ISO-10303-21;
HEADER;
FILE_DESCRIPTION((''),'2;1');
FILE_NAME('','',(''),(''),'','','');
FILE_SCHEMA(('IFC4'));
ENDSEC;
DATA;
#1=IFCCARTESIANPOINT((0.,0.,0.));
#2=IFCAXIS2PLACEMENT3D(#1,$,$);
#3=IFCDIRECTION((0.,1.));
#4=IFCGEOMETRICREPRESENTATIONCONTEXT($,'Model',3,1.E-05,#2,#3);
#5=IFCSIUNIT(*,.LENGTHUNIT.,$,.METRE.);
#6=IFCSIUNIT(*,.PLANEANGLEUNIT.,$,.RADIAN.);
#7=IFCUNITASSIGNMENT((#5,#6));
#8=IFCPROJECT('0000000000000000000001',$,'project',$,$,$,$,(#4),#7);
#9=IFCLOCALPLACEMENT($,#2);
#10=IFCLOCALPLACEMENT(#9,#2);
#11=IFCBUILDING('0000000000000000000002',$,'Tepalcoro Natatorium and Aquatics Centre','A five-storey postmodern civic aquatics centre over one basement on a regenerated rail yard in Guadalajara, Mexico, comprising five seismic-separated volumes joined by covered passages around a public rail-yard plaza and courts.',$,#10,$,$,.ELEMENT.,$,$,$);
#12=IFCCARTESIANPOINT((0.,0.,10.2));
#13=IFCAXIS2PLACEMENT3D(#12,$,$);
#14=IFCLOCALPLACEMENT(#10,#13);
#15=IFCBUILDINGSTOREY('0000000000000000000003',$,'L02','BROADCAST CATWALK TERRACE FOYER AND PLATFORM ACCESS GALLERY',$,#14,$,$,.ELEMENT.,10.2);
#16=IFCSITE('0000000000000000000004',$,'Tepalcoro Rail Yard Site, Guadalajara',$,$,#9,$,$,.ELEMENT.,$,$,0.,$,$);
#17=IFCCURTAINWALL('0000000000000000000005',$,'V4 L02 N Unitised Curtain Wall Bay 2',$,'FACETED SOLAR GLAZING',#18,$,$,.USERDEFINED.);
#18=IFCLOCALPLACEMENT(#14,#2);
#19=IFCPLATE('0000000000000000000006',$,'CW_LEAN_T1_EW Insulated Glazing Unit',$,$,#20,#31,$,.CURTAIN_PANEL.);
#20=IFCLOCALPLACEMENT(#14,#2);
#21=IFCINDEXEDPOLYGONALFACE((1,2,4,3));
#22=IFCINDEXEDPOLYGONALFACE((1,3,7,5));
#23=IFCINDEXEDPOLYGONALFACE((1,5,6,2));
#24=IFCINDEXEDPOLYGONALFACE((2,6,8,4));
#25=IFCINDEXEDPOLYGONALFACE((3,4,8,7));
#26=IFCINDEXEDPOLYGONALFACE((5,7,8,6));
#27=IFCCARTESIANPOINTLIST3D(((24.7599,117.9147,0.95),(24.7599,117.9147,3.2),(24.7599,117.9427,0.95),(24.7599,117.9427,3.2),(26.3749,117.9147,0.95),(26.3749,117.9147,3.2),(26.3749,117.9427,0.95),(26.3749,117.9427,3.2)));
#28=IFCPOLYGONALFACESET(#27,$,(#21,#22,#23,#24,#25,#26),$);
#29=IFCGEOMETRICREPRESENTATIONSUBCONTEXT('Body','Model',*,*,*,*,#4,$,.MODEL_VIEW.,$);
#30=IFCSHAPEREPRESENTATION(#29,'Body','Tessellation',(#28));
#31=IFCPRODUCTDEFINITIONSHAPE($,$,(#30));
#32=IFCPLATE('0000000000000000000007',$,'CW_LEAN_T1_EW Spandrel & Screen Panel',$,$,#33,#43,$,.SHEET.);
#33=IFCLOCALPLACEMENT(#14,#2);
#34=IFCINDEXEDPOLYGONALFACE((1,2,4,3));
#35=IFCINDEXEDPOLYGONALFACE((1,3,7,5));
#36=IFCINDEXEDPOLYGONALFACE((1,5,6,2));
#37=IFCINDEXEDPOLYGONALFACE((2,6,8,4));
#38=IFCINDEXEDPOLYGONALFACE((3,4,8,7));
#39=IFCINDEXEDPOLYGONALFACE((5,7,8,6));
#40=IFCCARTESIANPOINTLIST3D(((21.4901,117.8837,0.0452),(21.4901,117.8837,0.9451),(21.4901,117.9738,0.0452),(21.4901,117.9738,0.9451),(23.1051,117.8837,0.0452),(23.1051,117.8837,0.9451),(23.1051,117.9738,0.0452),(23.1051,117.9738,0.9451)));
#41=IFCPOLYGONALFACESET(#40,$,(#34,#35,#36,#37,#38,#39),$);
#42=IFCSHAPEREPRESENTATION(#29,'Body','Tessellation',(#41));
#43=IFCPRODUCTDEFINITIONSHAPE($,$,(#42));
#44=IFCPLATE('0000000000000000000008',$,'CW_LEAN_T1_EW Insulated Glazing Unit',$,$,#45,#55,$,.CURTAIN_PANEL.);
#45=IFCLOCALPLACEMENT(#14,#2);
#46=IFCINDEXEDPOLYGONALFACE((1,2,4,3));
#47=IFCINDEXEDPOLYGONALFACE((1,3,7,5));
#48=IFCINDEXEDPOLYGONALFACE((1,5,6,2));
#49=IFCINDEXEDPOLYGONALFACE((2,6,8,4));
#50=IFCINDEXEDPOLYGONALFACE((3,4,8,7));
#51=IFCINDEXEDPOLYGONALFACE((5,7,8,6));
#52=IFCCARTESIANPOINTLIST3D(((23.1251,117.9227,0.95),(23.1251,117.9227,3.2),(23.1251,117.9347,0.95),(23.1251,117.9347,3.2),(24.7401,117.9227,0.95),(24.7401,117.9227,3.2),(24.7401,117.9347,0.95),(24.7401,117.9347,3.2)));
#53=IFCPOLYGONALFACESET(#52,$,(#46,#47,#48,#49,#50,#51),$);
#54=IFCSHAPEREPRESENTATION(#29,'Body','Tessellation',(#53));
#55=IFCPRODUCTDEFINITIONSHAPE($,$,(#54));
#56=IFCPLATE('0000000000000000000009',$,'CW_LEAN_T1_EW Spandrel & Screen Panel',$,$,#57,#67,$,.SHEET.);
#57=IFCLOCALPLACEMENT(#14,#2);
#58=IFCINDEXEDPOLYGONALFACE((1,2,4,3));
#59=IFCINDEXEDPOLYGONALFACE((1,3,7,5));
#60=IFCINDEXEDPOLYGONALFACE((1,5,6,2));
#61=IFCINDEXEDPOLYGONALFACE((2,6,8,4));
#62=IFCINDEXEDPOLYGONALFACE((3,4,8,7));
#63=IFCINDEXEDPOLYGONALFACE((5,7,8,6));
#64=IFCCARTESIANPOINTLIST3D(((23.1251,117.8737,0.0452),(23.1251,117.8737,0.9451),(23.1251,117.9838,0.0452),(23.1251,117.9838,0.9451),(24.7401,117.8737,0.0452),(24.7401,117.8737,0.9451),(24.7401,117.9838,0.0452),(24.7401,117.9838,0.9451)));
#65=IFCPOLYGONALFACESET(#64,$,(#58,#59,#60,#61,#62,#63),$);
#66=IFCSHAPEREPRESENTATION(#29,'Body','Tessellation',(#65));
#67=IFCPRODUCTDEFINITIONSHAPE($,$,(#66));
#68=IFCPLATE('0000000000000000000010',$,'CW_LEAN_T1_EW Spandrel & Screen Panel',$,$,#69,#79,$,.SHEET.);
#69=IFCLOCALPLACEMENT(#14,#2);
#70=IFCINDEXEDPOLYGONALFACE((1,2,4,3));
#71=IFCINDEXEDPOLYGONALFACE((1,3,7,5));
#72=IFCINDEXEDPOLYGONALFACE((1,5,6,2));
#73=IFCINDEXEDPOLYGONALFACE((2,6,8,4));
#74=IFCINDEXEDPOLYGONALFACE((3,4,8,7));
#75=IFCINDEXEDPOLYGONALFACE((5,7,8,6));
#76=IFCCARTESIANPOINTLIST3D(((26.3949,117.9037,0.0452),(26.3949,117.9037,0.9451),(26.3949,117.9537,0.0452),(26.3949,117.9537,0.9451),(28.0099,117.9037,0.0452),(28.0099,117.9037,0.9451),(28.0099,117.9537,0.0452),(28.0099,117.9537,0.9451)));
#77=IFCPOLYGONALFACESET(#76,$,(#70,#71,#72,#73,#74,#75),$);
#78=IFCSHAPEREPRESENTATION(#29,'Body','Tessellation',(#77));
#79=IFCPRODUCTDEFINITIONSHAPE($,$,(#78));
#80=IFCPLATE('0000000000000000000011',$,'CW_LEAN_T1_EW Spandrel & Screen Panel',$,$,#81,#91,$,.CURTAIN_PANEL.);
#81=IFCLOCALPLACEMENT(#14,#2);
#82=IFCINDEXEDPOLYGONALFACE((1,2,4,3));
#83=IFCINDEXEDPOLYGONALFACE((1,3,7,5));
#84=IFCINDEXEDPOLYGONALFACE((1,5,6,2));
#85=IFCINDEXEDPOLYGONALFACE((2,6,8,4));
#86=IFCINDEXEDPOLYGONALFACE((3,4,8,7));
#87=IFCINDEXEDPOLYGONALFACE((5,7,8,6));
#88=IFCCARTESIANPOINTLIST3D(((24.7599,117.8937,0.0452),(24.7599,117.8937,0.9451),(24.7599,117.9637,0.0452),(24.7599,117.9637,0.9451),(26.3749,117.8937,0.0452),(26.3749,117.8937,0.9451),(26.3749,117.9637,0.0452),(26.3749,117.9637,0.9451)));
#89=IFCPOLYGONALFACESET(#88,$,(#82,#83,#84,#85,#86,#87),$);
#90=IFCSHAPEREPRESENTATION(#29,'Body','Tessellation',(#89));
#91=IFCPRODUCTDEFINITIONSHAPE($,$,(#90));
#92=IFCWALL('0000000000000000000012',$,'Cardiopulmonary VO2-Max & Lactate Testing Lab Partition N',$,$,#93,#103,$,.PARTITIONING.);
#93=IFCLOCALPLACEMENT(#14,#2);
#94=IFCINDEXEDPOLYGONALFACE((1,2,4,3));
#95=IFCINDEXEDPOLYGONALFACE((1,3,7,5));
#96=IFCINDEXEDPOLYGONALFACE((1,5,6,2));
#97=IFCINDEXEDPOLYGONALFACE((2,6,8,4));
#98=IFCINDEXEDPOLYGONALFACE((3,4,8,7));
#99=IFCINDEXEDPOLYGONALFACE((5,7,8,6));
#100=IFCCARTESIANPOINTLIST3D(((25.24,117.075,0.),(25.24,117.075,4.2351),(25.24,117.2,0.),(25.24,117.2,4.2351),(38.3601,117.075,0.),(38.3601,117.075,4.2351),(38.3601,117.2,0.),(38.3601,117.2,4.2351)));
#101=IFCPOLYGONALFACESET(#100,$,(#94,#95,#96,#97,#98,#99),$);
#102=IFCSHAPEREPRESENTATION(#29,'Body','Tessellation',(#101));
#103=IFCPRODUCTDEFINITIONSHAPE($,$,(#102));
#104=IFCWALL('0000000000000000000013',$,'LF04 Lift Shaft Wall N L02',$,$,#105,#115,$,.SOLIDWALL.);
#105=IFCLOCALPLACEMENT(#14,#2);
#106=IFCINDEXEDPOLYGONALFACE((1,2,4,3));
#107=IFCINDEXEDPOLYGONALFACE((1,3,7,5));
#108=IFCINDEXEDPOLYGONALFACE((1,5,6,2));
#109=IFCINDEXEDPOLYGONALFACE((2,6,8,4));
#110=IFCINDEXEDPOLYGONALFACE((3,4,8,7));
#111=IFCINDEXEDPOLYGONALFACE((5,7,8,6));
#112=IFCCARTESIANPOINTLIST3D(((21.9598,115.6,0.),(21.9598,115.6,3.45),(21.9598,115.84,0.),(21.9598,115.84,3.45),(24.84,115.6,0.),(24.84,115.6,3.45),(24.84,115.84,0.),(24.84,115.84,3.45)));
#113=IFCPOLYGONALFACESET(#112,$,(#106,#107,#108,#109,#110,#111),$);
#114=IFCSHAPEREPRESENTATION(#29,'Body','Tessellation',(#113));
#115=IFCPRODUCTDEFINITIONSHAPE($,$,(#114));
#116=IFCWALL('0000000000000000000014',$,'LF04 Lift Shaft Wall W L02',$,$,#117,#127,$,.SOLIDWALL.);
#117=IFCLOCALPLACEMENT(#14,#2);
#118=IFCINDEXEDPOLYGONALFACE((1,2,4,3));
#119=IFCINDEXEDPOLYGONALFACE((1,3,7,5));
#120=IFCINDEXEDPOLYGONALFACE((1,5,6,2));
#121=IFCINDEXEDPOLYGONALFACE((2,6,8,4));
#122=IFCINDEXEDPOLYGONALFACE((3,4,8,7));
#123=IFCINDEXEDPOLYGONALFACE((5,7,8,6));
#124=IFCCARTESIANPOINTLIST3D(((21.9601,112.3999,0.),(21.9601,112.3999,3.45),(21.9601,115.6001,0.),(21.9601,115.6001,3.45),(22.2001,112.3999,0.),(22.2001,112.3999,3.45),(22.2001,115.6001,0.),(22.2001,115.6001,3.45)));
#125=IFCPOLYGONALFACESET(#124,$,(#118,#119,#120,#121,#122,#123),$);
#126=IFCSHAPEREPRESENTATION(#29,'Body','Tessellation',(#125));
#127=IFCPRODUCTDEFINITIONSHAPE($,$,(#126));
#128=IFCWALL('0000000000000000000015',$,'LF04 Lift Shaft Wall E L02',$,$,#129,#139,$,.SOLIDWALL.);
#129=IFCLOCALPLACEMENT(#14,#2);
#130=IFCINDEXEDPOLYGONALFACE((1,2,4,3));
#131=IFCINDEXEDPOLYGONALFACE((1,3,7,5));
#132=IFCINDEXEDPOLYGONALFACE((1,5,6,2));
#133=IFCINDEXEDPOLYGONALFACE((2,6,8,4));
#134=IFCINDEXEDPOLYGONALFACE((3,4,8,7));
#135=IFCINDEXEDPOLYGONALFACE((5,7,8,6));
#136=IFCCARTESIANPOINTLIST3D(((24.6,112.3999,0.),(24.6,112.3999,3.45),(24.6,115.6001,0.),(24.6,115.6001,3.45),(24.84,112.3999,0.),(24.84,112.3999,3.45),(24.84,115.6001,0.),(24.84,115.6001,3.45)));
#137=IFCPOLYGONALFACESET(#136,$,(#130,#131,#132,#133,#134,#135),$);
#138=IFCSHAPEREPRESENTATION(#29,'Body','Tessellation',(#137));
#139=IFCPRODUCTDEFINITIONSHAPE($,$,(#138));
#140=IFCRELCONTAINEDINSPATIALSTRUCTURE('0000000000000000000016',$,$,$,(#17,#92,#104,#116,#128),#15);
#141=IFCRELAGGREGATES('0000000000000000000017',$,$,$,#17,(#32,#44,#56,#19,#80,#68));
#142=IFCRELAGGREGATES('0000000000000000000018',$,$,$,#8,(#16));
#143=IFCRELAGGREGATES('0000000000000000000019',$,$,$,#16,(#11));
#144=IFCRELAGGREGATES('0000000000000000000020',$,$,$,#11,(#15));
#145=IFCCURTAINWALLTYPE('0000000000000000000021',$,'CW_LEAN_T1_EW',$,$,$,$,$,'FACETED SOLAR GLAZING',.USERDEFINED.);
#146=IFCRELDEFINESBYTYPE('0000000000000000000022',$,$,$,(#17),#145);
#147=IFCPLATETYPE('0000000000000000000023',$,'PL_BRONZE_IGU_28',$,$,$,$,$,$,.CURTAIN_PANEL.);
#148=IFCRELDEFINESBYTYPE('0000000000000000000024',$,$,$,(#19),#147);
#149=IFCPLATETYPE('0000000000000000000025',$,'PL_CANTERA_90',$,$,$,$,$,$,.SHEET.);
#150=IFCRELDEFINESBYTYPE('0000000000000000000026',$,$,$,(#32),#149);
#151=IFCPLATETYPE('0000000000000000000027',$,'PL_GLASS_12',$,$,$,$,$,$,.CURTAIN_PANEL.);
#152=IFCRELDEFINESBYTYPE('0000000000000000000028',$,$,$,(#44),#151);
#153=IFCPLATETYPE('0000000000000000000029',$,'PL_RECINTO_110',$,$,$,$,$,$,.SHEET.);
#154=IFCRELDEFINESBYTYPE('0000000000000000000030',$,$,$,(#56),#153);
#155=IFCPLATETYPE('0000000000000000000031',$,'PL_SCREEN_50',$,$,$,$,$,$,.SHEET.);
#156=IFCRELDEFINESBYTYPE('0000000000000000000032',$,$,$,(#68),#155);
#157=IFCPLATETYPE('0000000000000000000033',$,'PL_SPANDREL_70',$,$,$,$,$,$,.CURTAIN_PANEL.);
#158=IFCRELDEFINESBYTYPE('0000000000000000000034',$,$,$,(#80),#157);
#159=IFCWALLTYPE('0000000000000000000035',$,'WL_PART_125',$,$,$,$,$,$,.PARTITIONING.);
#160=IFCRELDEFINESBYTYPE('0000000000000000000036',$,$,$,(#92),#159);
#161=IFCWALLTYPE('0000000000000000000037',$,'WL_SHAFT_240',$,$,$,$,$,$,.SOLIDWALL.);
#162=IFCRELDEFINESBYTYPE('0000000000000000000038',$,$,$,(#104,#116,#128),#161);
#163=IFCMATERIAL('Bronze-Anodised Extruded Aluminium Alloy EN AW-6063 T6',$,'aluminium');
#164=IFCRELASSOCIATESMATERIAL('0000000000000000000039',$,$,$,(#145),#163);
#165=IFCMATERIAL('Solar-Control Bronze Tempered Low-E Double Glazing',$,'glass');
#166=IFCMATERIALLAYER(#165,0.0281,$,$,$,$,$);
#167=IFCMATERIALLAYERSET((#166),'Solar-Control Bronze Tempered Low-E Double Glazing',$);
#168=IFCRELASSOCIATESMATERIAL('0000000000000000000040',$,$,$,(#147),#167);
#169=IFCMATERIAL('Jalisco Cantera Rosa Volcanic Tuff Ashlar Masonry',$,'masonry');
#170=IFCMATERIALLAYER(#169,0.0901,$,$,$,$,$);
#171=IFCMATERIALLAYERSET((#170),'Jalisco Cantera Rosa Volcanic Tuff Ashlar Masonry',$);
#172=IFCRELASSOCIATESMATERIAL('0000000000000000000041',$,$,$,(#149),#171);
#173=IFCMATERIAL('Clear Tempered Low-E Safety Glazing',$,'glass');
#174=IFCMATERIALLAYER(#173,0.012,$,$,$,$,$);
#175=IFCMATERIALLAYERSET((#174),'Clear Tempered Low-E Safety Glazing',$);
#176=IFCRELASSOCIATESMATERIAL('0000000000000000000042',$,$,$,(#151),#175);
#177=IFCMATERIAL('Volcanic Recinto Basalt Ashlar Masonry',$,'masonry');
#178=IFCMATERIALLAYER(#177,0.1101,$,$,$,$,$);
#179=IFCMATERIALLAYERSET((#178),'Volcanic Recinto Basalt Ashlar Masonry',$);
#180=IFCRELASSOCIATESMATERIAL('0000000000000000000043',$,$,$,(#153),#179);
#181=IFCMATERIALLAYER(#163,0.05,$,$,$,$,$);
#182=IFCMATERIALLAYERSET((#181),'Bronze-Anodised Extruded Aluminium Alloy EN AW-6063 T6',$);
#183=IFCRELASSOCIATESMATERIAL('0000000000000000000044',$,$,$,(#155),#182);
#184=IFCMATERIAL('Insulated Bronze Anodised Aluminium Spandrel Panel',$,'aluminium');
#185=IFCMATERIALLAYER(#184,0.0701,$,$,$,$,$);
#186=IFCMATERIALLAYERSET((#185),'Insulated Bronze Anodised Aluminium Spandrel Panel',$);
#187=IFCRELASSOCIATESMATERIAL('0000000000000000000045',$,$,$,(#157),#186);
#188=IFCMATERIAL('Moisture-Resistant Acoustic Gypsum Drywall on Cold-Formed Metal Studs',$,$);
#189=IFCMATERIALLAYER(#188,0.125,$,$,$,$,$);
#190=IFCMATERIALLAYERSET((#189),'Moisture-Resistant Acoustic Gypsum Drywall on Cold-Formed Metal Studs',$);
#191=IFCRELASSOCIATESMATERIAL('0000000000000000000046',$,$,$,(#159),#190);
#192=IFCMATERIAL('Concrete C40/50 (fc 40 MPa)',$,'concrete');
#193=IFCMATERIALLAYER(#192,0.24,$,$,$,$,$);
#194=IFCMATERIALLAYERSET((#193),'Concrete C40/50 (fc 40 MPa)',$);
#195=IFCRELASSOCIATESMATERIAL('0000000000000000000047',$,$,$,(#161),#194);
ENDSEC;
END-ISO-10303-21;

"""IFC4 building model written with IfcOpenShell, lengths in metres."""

from ifc_helpers import new_model, si_unit, direction, frame, frame_2d, origin, origin_2d, place, context, subcontext, project, spatial, rectangle, extrude, material, layer, layer_set, type_object, element, aggregate, save


model = new_model("IFC4")

# Units and contexts
model_context = context("Model", 3, precision=1e-05, world=origin(), true_north=direction((0.0, 1.0)))
body_context = subcontext(model_context, "Body", "Model", "MODEL_VIEW")
ifc_project = project(units=[si_unit("LENGTHUNIT", "METRE"), si_unit("PLANEANGLEUNIT", "RADIAN")], contexts=[model_context])

# Site, building, storey
site_placement = place(None, origin())
site = spatial("IfcSite", under=ifc_project, at=site_placement, Name="Tepalcoro Rail Yard Site, Guadalajara", CompositionType="ELEMENT", RefElevation=0.0)
building_placement = place(site_placement, origin())
building = spatial("IfcBuilding", under=site, at=building_placement, Name="Tepalcoro Natatorium and Aquatics Centre", Description="A five-storey postmodern civic aquatics centre over one basement on a regenerated rail yard in Guadalajara, Mexico, comprising five seismic-separated volumes joined by covered passages around a public rail-yard plaza and courts.", CompositionType="ELEMENT")
storey_placement = place(building_placement, frame((0.0, 0.0, 10.2)))
storey = spatial("IfcBuildingStorey", under=building, at=storey_placement, Name="L02", Description="BROADCAST CATWALK TERRACE FOYER AND PLATFORM ACCESS GALLERY", CompositionType="ELEMENT", Elevation=10.2)

# Shared definitions
ifc_material_1 = material(Name="Concrete C40/50 (fc 40 MPa)", Category="concrete")

# Curtain wall
ifc_material_2 = material(Name="Bronze-Anodised Extruded Aluminium Alloy EN AW-6063 T6", Category="aluminium")
curtain_wall_type = type_object("IfcCurtainWallType", Name="CW_LEAN_T1_EW", ElementType="FACETED SOLAR GLAZING", PredefinedType="USERDEFINED", material=ifc_material_2)
curtain_wall_placement = place(storey_placement, origin())
curtain_wall = element("IfcCurtainWall", 1, at=curtain_wall_placement, inside=storey, type_object=curtain_wall_type, Name="V4 L02 N Unitised Curtain Wall Bay 2", ObjectType="FACETED SOLAR GLAZING", PredefinedType="USERDEFINED")

# Plates
ifc_material_3 = material(Name="Solar-Control Bronze Tempered Low-E Double Glazing", Category="glass")
ifc_layer_1 = layer(ifc_material_3, 0.0281)
ifc_layer_set_1 = layer_set([ifc_layer_1], Name="Solar-Control Bronze Tempered Low-E Double Glazing")
plate_type_1 = type_object("IfcPlateType", Name="PL_BRONZE_IGU_28", PredefinedType="CURTAIN_PANEL", material=ifc_layer_set_1)
plate_1_placement = place(storey_placement, frame((25.5674, 117.9287, 0.95), z_axis=(0.0, 0.0, 1.0), x_axis=(1.0, 0.0, 0.0)))
plate_1 = element("IfcPlate", 2, at=plate_1_placement, type_object=plate_type_1, Name="CW_LEAN_T1_EW Insulated Glazing Unit", PredefinedType="CURTAIN_PANEL", context=body_context, shape_type="SweptSolid", body=[
    extrude(rectangle(XDim=1.615, YDim=0.0281, at=origin_2d()), origin(), (0.0, 0.0, 1.0), 2.25),
])
ifc_material_4 = material(Name="Jalisco Cantera Rosa Volcanic Tuff Ashlar Masonry", Category="masonry")
ifc_layer_2 = layer(ifc_material_4, 0.0901)
ifc_layer_set_2 = layer_set([ifc_layer_2], Name="Jalisco Cantera Rosa Volcanic Tuff Ashlar Masonry")
plate_type_2 = type_object("IfcPlateType", Name="PL_CANTERA_90", PredefinedType="SHEET", material=ifc_layer_set_2)
plate_2_placement = place(storey_placement, frame((22.2976, 117.9287, 0.0452), z_axis=(0.0, 0.0, 1.0), x_axis=(1.0, 0.0, 0.0)))
plate_2 = element("IfcPlate", 3, at=plate_2_placement, type_object=plate_type_2, Name="CW_LEAN_T1_EW Spandrel & Screen Panel", PredefinedType="SHEET", context=body_context, shape_type="SweptSolid", body=[
    extrude(rectangle(XDim=1.615, YDim=0.0901, at=origin_2d()), origin(), (0.0, 0.0, 1.0), 0.8999),
])
ifc_material_5 = material(Name="Clear Tempered Low-E Safety Glazing", Category="glass")
ifc_layer_3 = layer(ifc_material_5, 0.012)
ifc_layer_set_3 = layer_set([ifc_layer_3], Name="Clear Tempered Low-E Safety Glazing")
plate_type_3 = type_object("IfcPlateType", Name="PL_GLASS_12", PredefinedType="CURTAIN_PANEL", material=ifc_layer_set_3)
plate_3_placement = place(storey_placement, frame((23.9326, 117.9287, 0.95), z_axis=(0.0, 0.0, 1.0), x_axis=(1.0, 0.0, 0.0)))
plate_3 = element("IfcPlate", 4, at=plate_3_placement, type_object=plate_type_3, Name="CW_LEAN_T1_EW Insulated Glazing Unit", PredefinedType="CURTAIN_PANEL", context=body_context, shape_type="SweptSolid", body=[
    extrude(rectangle(XDim=1.615, YDim=0.012, at=origin_2d()), origin(), (0.0, 0.0, 1.0), 2.25),
])
ifc_material_6 = material(Name="Volcanic Recinto Basalt Ashlar Masonry", Category="masonry")
ifc_layer_4 = layer(ifc_material_6, 0.1101)
ifc_layer_set_4 = layer_set([ifc_layer_4], Name="Volcanic Recinto Basalt Ashlar Masonry")
plate_type_4 = type_object("IfcPlateType", Name="PL_RECINTO_110", PredefinedType="SHEET", material=ifc_layer_set_4)
plate_4_placement = place(storey_placement, frame((23.9326, 117.9287, 0.0452), z_axis=(0.0, 0.0, 1.0), x_axis=(1.0, 0.0, 0.0)))
plate_4 = element("IfcPlate", 5, at=plate_4_placement, type_object=plate_type_4, Name="CW_LEAN_T1_EW Spandrel & Screen Panel", PredefinedType="SHEET", context=body_context, shape_type="SweptSolid", body=[
    extrude(rectangle(XDim=1.615, YDim=0.1101, at=origin_2d()), origin(), (0.0, 0.0, 1.0), 0.8999),
])
ifc_layer_5 = layer(ifc_material_2, 0.05)
ifc_layer_set_5 = layer_set([ifc_layer_5], Name="Bronze-Anodised Extruded Aluminium Alloy EN AW-6063 T6")
plate_type_5 = type_object("IfcPlateType", Name="PL_SCREEN_50", PredefinedType="SHEET", material=ifc_layer_set_5)
plate_5_placement = place(storey_placement, frame((27.2024, 117.9287, 0.0452), z_axis=(0.0, 0.0, 1.0), x_axis=(1.0, 0.0, 0.0)))
plate_5 = element("IfcPlate", 6, at=plate_5_placement, type_object=plate_type_5, Name="CW_LEAN_T1_EW Spandrel & Screen Panel", PredefinedType="SHEET", context=body_context, shape_type="SweptSolid", body=[
    extrude(rectangle(XDim=1.615, YDim=0.05, at=origin_2d()), origin(), (0.0, 0.0, 1.0), 0.8999),
])
ifc_material_7 = material(Name="Insulated Bronze Anodised Aluminium Spandrel Panel", Category="aluminium")
ifc_layer_6 = layer(ifc_material_7, 0.0701)
ifc_layer_set_6 = layer_set([ifc_layer_6], Name="Insulated Bronze Anodised Aluminium Spandrel Panel")
plate_type_6 = type_object("IfcPlateType", Name="PL_SPANDREL_70", PredefinedType="CURTAIN_PANEL", material=ifc_layer_set_6)
plate_6_placement = place(storey_placement, frame((25.5674, 117.9287, 0.0452), z_axis=(0.0, 0.0, 1.0), x_axis=(1.0, 0.0, 0.0)))
plate_6 = element("IfcPlate", 7, at=plate_6_placement, type_object=plate_type_6, Name="CW_LEAN_T1_EW Spandrel & Screen Panel", PredefinedType="CURTAIN_PANEL", context=body_context, shape_type="SweptSolid", body=[
    extrude(rectangle(XDim=1.615, YDim=0.0701, at=origin_2d()), origin(), (0.0, 0.0, 1.0), 0.8999),
])
aggregate(curtain_wall, [plate_2, plate_3, plate_4, plate_1, plate_6, plate_5])

# Wall
ifc_material_8 = material(Name="Moisture-Resistant Acoustic Gypsum Drywall on Cold-Formed Metal Studs")
ifc_layer_7 = layer(ifc_material_8, 0.125)
ifc_layer_set_7 = layer_set([ifc_layer_7], Name="Moisture-Resistant Acoustic Gypsum Drywall on Cold-Formed Metal Studs")
wall_type_1 = type_object("IfcWallType", Name="WL_PART_125", PredefinedType="PARTITIONING", material=ifc_layer_set_7)
wall_1_placement = place(storey_placement, frame((25.24, 117.1375, 0.0), z_axis=(0.0, 0.0, 1.0), x_axis=(1.0, 0.0, 0.0)))
element("IfcWall", 8, at=wall_1_placement, inside=storey, type_object=wall_type_1, Name="Cardiopulmonary VO2-Max & Lactate Testing Lab Partition N", PredefinedType="PARTITIONING", context=body_context, shape_type="SweptSolid", body=[
    extrude(rectangle(XDim=13.1201, YDim=0.125, at=frame_2d((6.5601, 0.0))), origin(), (0.0, 0.0, 1.0), 4.2351),
])

# Shared definitions
ifc_layer_8 = layer(ifc_material_1, 0.24)
ifc_layer_set_8 = layer_set([ifc_layer_8], Name="Concrete C40/50 (fc 40 MPa)")
wall_type_2 = type_object("IfcWallType", Name="WL_SHAFT_240", PredefinedType="SOLIDWALL", material=ifc_layer_set_8)

# Walls
wall_2_placement = place(storey_placement, frame((21.96, 115.72, 0.0), z_axis=(0.0, 0.0, 1.0), x_axis=(1.0, 0.0, 0.0)))
element("IfcWall", 9, at=wall_2_placement, inside=storey, type_object=wall_type_2, Name="LF04 Lift Shaft Wall N L02", PredefinedType="SOLIDWALL", context=body_context, shape_type="SweptSolid", body=[
    extrude(rectangle(XDim=2.8801, YDim=0.24, at=frame_2d((1.4399, 0.0))), origin(), (0.0, 0.0, 1.0), 3.45),
])
for number, where, z_axis, x_axis, name in (
    (10, (22.0801, 112.3999, 0.0), (0.0, 0.0, 1.0), (0.0, 1.0, 0.0), "LF04 Lift Shaft Wall W L02"),
    (11, (24.72, 112.3999, 0.0), (0.0, 0.0, 1.0), (0.0, 1.0, 0.0), "LF04 Lift Shaft Wall E L02"),
):
    element("IfcWall", number, at=place(storey_placement, frame(where, z_axis=z_axis, x_axis=x_axis)), inside=storey, type_object=wall_type_2, Name=name, PredefinedType="SOLIDWALL", context=body_context, shape_type="SweptSolid", body=[
        extrude(rectangle(XDim=3.2002, YDim=0.24, at=frame_2d((1.6001, 0.0))), origin(), (0.0, 0.0, 1.0), 3.45),
    ])

save(model, "model.ifc")
